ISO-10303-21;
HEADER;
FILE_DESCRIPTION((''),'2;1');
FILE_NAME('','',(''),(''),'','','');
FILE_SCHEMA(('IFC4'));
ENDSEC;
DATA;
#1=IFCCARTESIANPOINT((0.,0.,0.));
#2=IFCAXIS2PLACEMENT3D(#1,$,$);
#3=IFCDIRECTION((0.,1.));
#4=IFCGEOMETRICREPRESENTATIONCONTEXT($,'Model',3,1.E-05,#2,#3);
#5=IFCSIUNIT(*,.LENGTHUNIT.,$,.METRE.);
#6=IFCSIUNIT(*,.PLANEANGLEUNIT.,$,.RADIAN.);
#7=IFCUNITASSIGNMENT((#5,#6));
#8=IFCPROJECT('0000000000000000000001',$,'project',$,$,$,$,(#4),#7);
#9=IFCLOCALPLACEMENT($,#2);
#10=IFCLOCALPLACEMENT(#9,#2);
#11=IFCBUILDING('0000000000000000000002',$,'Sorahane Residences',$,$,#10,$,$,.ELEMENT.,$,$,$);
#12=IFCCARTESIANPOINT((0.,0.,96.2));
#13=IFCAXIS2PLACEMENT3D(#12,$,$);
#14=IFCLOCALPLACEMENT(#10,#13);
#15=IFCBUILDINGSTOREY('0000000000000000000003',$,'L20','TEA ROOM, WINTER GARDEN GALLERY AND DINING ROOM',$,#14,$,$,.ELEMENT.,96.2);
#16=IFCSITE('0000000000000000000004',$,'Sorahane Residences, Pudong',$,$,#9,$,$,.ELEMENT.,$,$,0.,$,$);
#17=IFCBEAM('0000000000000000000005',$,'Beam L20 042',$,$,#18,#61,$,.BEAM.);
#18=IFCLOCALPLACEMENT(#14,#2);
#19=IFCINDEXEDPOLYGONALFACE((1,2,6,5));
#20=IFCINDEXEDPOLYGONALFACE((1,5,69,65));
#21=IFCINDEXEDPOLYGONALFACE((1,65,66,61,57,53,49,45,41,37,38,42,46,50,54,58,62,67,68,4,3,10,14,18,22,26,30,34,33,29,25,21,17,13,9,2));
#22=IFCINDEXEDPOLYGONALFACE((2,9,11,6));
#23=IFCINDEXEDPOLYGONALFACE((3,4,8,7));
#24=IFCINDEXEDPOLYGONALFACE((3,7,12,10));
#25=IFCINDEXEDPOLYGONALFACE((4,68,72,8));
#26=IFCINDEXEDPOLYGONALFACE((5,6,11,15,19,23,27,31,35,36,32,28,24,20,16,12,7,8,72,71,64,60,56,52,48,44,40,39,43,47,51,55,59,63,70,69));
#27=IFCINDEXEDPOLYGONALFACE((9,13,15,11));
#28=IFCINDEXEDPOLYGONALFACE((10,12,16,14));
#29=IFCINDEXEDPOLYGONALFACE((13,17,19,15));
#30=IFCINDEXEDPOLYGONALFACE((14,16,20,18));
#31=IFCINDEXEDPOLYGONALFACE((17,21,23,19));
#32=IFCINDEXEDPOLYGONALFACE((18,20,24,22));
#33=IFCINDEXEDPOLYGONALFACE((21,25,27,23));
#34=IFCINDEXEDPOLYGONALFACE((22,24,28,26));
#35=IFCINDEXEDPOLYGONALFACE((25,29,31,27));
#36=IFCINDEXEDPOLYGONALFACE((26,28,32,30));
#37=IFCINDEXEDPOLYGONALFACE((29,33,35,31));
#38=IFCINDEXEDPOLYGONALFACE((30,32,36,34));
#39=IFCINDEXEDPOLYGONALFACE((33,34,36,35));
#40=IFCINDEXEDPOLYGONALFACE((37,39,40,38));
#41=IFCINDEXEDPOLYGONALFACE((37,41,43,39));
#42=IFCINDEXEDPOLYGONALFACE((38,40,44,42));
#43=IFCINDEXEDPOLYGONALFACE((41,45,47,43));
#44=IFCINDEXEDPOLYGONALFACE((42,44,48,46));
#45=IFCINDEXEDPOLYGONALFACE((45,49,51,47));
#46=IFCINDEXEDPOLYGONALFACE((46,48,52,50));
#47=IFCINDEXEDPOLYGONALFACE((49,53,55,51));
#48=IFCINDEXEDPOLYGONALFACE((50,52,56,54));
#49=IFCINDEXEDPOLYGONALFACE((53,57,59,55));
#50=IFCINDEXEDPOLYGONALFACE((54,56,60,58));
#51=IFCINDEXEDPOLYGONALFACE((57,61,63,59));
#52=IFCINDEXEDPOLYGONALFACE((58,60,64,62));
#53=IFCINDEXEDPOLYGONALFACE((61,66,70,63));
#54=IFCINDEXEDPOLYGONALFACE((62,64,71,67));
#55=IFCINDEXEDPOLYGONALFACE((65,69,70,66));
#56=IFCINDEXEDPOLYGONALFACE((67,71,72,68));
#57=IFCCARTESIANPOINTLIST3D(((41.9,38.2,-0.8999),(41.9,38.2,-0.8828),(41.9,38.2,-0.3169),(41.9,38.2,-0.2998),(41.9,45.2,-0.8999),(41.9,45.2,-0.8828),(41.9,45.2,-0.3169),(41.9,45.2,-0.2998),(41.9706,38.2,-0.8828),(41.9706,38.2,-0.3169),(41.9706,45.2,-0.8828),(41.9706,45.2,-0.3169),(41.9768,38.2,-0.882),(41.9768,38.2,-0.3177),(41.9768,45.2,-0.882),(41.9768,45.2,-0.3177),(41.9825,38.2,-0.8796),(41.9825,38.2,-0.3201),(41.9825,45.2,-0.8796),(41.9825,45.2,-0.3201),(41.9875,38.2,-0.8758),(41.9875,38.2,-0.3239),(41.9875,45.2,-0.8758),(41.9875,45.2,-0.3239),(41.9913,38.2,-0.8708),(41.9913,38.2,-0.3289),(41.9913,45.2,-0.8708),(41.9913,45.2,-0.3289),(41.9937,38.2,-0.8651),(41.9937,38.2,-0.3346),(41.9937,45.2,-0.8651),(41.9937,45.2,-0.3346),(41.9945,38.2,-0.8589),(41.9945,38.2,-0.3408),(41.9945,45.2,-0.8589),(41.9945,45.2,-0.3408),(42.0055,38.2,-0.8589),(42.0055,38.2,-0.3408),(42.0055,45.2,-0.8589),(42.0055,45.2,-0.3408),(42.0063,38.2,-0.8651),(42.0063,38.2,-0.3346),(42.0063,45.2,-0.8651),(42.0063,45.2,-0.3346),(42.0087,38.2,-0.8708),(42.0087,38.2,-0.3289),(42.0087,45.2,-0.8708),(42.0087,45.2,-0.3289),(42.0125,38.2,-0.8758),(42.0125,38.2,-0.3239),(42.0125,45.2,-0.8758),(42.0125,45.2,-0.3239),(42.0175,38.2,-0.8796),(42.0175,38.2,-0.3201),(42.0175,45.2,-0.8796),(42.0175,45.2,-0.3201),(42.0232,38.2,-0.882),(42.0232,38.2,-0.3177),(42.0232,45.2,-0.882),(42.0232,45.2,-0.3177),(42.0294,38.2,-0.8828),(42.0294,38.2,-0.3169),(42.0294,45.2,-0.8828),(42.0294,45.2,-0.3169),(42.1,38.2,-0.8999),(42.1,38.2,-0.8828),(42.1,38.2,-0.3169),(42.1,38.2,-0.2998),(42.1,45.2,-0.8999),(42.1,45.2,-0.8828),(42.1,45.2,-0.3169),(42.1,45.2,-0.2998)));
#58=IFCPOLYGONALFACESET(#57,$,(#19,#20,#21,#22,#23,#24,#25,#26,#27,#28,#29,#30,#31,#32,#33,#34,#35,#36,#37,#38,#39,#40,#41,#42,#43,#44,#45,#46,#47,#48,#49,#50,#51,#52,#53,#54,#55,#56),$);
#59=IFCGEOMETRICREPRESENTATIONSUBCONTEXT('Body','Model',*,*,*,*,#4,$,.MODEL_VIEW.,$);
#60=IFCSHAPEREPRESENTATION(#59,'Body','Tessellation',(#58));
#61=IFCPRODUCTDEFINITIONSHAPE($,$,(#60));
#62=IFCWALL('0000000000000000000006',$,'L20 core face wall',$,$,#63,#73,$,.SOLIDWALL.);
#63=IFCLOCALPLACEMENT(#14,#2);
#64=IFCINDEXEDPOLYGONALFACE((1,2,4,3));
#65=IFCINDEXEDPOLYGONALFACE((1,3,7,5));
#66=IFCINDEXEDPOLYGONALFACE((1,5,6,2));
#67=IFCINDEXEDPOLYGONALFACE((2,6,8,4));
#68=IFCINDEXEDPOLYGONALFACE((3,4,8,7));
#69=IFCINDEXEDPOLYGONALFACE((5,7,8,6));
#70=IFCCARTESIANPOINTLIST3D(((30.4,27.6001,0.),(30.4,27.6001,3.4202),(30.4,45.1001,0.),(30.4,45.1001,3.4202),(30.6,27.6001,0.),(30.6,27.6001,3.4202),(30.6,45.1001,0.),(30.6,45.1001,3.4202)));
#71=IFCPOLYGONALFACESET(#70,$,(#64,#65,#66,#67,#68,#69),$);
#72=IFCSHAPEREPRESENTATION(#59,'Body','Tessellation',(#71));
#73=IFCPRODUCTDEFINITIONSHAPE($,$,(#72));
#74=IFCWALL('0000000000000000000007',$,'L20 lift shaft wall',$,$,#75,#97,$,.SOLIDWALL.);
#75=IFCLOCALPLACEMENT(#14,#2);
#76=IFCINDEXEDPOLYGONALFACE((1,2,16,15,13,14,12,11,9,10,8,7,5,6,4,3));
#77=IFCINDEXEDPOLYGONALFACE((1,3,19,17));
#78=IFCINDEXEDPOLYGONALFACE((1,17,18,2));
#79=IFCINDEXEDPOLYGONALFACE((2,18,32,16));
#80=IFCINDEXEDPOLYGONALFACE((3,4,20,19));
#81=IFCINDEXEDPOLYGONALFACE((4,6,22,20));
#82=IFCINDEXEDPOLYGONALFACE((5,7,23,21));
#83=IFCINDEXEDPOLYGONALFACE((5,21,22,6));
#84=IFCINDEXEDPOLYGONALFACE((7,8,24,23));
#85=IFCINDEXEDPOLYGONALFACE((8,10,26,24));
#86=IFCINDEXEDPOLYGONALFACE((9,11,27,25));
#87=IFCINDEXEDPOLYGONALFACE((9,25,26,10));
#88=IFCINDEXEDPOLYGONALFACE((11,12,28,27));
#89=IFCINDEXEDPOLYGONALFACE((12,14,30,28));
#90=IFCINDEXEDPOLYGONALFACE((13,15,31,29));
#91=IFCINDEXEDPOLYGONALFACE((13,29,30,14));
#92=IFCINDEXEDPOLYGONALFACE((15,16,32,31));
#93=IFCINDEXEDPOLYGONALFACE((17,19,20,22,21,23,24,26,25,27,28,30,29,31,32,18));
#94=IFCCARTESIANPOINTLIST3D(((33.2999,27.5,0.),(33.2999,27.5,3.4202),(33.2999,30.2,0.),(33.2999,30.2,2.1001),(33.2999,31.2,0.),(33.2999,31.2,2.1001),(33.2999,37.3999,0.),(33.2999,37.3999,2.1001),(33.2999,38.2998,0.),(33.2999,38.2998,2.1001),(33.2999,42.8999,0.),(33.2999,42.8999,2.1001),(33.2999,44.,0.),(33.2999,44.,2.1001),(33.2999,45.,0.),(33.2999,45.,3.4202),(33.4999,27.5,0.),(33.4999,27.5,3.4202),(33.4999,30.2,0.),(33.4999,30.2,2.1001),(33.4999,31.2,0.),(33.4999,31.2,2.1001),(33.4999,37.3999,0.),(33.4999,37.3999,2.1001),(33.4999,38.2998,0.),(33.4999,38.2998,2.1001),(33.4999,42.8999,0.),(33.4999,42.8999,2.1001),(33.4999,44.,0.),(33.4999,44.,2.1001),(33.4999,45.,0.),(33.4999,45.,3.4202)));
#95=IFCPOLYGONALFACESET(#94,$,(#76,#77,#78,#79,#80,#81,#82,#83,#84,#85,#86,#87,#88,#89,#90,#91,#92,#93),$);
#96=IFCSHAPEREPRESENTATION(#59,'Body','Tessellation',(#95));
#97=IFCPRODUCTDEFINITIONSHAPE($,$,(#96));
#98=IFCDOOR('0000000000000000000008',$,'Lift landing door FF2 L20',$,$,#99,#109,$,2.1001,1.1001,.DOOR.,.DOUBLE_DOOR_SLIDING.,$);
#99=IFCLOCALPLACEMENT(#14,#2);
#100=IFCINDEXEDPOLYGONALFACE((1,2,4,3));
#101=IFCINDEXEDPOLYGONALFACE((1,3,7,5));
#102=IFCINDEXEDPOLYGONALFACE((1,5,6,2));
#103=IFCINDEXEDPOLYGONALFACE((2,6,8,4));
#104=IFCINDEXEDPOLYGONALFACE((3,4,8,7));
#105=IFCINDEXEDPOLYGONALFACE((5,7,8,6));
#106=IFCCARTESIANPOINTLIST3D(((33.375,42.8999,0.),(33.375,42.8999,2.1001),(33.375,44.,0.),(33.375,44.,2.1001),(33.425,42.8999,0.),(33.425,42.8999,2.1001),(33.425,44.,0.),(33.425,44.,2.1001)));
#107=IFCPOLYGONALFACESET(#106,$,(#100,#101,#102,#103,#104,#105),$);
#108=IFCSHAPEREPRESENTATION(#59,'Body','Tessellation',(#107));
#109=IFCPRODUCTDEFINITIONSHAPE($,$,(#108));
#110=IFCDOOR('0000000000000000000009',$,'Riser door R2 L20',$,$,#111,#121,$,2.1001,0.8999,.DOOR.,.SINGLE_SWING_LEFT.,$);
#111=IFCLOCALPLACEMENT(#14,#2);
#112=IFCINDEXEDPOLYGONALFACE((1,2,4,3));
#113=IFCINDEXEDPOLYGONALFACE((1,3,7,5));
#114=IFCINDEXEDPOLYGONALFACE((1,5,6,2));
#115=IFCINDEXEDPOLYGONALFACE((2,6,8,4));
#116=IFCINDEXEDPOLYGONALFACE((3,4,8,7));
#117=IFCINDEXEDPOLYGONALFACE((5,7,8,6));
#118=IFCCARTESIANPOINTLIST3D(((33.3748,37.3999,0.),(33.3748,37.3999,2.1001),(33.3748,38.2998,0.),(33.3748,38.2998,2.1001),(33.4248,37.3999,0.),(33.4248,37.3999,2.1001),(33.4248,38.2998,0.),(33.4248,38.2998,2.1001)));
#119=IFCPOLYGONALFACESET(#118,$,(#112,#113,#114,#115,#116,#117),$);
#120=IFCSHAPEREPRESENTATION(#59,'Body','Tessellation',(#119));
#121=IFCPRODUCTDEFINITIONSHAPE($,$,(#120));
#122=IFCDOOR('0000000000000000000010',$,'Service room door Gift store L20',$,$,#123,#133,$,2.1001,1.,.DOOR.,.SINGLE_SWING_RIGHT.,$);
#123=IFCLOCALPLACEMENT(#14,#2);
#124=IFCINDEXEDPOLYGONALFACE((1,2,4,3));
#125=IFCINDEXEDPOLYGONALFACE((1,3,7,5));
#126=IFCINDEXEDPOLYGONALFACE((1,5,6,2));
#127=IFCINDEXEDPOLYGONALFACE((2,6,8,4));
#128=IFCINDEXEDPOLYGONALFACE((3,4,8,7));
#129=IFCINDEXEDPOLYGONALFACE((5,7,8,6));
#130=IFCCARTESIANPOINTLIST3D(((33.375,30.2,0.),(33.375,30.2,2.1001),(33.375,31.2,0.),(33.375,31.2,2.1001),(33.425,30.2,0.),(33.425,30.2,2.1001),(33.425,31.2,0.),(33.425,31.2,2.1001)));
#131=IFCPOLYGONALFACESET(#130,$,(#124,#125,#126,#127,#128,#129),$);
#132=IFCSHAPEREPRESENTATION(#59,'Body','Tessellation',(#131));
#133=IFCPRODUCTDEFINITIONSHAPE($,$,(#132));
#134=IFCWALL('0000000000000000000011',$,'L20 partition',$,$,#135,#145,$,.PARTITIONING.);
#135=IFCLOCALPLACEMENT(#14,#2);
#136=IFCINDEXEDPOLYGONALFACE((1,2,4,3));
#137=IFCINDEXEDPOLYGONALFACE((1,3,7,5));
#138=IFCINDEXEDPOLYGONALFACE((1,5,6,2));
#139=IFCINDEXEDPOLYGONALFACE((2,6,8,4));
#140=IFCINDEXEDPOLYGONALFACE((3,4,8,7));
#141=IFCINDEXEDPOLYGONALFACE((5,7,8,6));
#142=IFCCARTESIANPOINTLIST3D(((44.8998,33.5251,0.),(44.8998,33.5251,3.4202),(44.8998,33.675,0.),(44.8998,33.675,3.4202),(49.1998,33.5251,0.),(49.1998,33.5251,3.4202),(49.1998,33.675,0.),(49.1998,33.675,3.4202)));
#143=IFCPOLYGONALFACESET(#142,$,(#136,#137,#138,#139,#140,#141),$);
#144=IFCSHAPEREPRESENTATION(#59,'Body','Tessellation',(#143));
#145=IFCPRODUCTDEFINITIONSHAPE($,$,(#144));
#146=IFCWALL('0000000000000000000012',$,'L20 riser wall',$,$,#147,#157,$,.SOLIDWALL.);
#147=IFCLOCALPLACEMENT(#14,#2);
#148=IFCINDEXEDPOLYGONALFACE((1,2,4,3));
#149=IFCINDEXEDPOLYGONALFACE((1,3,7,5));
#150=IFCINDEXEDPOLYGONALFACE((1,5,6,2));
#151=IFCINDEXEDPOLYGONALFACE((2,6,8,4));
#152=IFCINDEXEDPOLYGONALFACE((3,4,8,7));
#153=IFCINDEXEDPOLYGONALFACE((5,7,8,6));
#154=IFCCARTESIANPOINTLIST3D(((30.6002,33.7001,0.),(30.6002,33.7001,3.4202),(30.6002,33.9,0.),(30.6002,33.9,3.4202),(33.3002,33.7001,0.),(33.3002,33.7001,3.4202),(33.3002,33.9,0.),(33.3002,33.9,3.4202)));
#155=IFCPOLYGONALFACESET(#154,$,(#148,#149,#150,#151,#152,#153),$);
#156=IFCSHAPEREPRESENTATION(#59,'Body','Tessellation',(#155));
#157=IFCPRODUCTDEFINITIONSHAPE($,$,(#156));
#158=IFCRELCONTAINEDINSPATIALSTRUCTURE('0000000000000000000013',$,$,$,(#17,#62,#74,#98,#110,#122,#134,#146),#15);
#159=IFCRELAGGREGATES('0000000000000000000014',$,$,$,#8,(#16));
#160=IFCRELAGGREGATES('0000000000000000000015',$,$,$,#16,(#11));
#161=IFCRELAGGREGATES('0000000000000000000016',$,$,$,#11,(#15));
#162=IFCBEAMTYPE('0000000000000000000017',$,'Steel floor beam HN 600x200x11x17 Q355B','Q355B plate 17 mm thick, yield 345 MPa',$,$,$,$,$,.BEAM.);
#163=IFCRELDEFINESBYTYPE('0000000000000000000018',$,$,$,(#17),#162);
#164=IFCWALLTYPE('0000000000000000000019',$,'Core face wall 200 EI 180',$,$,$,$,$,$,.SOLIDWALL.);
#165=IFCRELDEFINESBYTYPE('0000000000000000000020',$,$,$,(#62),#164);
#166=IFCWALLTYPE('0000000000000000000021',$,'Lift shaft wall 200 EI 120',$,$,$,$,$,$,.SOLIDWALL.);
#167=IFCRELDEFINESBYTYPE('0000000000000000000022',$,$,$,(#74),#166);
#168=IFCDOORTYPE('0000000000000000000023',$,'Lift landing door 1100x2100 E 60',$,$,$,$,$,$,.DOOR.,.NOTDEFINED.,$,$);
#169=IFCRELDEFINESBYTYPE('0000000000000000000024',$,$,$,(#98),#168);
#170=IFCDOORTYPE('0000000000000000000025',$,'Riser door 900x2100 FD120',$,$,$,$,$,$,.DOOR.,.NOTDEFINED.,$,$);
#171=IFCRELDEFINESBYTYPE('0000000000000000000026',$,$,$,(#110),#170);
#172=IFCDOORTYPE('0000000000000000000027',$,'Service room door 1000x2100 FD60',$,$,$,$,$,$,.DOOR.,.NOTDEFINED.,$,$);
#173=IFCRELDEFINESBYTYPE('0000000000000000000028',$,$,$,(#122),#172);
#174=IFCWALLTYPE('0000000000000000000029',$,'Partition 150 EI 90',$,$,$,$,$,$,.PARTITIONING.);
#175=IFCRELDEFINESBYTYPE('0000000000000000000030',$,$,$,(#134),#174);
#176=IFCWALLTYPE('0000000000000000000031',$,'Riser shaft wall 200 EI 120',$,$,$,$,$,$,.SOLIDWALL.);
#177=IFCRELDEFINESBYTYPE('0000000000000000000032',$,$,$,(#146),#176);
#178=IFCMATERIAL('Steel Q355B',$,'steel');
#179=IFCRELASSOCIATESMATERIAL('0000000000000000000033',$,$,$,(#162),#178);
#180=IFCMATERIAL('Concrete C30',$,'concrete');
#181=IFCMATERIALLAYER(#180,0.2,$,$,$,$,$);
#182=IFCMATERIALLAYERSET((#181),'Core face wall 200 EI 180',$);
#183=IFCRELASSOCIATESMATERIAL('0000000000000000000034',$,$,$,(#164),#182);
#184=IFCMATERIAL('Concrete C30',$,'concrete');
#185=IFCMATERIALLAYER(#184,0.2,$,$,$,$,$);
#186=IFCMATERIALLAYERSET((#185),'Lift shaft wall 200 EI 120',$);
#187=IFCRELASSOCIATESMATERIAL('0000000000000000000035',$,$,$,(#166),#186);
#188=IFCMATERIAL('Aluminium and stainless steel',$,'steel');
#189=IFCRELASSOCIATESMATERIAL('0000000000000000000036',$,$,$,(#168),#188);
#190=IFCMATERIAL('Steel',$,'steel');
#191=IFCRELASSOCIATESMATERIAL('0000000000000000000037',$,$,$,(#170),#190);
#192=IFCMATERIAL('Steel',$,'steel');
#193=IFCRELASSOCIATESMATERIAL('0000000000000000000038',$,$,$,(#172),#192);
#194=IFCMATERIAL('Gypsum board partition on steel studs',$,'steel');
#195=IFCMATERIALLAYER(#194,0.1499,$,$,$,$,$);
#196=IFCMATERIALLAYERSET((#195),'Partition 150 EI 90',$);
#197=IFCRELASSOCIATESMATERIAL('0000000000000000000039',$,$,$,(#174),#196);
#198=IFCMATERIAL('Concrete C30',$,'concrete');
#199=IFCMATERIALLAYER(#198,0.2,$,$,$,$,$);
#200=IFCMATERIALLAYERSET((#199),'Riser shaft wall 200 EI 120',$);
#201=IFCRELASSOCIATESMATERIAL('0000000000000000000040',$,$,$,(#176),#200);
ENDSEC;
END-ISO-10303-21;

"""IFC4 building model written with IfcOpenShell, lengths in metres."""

from ifc_helpers import new_model, si_unit, direction, frame, frame_2d, origin, origin_2d, place, context, subcontext, project, spatial, rectangle, i_section, extrude, material, layer, layer_set, material_profile, profile_set, type_object, element, fill, save


model = new_model("IFC4")

# Units and contexts
model_context = context("Model", 3, precision=1e-05, world=origin(), true_north=direction((0.0, 1.0)))
body_context = subcontext(model_context, "Body", "Model", "MODEL_VIEW")
ifc_project = project(units=[si_unit("LENGTHUNIT", "METRE"), si_unit("PLANEANGLEUNIT", "RADIAN")], contexts=[model_context])

# Site, building, storey
site_placement = place(None, origin())
site = spatial("IfcSite", under=ifc_project, at=site_placement, Name="Sorahane Residences, Pudong", CompositionType="ELEMENT", RefElevation=0.0)
building_placement = place(site_placement, origin())
building = spatial("IfcBuilding", under=site, at=building_placement, Name="Sorahane Residences", CompositionType="ELEMENT")
storey_placement = place(building_placement, frame((0.0, 0.0, 96.2)))
storey = spatial("IfcBuildingStorey", under=building, at=storey_placement, Name="L20", Description="TEA ROOM, WINTER GARDEN GALLERY AND DINING ROOM", CompositionType="ELEMENT", Elevation=96.2)

# Beam
ifc_material_1 = material(Name="Steel Q355B", Category="steel")
ifc_material_profile_1 = material_profile(ifc_material_1, i_section(OverallWidth=0.2, OverallDepth=0.6001, WebThickness=0.011, FlangeThickness=0.0171, FilletRadius=0.0239, at=origin_2d()), Name="HN 600x200x11x17")
ifc_profile_set_1 = profile_set([ifc_material_profile_1], Name="Steel Q355B")
beam_type_1 = type_object("IfcBeamType", Name="Steel floor beam HN 600x200x11x17 Q355B", Description="Q355B plate 17 mm thick, yield 345 MPa", PredefinedType="BEAM", material=ifc_profile_set_1)
for number, where, z_axis, x_axis, name in (
    (1, (42.0, 38.2, -0.5999), (0.0, 1.0, 0.0), (-1.0, 0.0, 0.0), "Beam L20 042"),
):
    element("IfcBeam", number, at=place(storey_placement, frame(where, z_axis=z_axis, x_axis=x_axis)), inside=storey, type_object=beam_type_1, Name=name, PredefinedType="BEAM", context=body_context, shape_type="SweptSolid", body=[
        extrude(i_section(OverallWidth=0.2, OverallDepth=0.6001, WebThickness=0.011, FlangeThickness=0.0171, FilletRadius=0.0239, at=origin_2d()), origin(), (0.0, 0.0, 1.0), 7.0),
    ])

# Wall
ifc_material_2 = material(Name="Concrete C30", Category="concrete")
ifc_layer_1 = layer(ifc_material_2, 0.2)
ifc_layer_set_1 = layer_set([ifc_layer_1], Name="Core face wall 200 EI 180")
wall_type_1 = type_object("IfcWallType", Name="Core face wall 200 EI 180", PredefinedType="SOLIDWALL", material=ifc_layer_set_1)
wall_1_placement = place(storey_placement, frame((30.5, 27.6001, 0.0), z_axis=(0.0, 0.0, 1.0), x_axis=(0.0, 1.0, 0.0)))
element("IfcWall", 2, at=wall_1_placement, inside=storey, type_object=wall_type_1, Name="L20 core face wall", PredefinedType="SOLIDWALL", context=body_context, shape_type="SweptSolid", body=[
    extrude(rectangle(XDim=17.5, YDim=0.2, at=frame_2d((8.75, 0.0))), origin(), (0.0, 0.0, 1.0), 3.4202),
])

# Wall, openings, doors
ifc_material_3 = material(Name="Concrete C30", Category="concrete")
ifc_layer_2 = layer(ifc_material_3, 0.2)
ifc_layer_set_2 = layer_set([ifc_layer_2], Name="Lift shaft wall 200 EI 120")
wall_type_2 = type_object("IfcWallType", Name="Lift shaft wall 200 EI 120", PredefinedType="SOLIDWALL", material=ifc_layer_set_2)
wall_2_placement = place(storey_placement, frame((33.3999, 27.5, 0.0), z_axis=(0.0, 0.0, 1.0), x_axis=(0.0, 1.0, 0.0)))
wall_2 = element("IfcWall", 3, at=wall_2_placement, inside=storey, type_object=wall_type_2, Name="L20 lift shaft wall", PredefinedType="SOLIDWALL", context=body_context, shape_type="SweptSolid", body=[
    extrude(rectangle(XDim=17.5, YDim=0.2, at=frame_2d((8.75, 0.0))), origin(), (0.0, 0.0, 1.0), 3.4202),
])
opening_1_placement = place(wall_2_placement, frame((15.3999, 0.0, 0.0)))
opening_1 = element("IfcOpeningElement", 4, at=opening_1_placement, cuts=wall_2, PredefinedType="OPENING", context=body_context, shape_type="SweptSolid", body=[
    extrude(rectangle(XDim=1.1001, YDim=2.1001, at=frame_2d((0.55, 1.05))), frame((0.0, 0.1099, 0.0), z_axis=(0.0, -1.0, 0.0), x_axis=(1.0, 0.0, 0.0)), (0.0, 0.0, 1.0), 0.22),
])
opening_2_placement = place(wall_2_placement, frame((2.7, 0.0, 0.0)))
opening_2 = element("IfcOpeningElement", 5, at=opening_2_placement, cuts=wall_2, PredefinedType="OPENING", context=body_context, shape_type="SweptSolid", body=[
    extrude(rectangle(XDim=1.0, YDim=2.1001, at=frame_2d((0.5, 1.05))), frame((0.0, 0.1099, 0.0), z_axis=(0.0, -1.0, 0.0), x_axis=(1.0, 0.0, 0.0)), (0.0, 0.0, 1.0), 0.22),
])
opening_3_placement = place(wall_2_placement, frame((9.8999, 0.0, 0.0)))
opening_3 = element("IfcOpeningElement", 6, at=opening_3_placement, cuts=wall_2, PredefinedType="OPENING", context=body_context, shape_type="SweptSolid", body=[
    extrude(rectangle(XDim=0.8999, YDim=2.1001, at=frame_2d((0.45, 1.05))), frame((0.0, 0.1099, 0.0), z_axis=(0.0, -1.0, 0.0), x_axis=(1.0, 0.0, 0.0)), (0.0, 0.0, 1.0), 0.22),
])
ifc_material_4 = material(Name="Aluminium and stainless steel", Category="steel")
door_type_1 = type_object("IfcDoorType", Name="Lift landing door 1100x2100 E 60", OperationType="NOTDEFINED", PredefinedType="DOOR", material=ifc_material_4)
door_1_placement = place(opening_1_placement, origin())
door_1 = element("IfcDoor", 7, at=door_1_placement, inside=storey, type_object=door_type_1, Name="Lift landing door FF2 L20", OperationType="DOUBLE_DOOR_SLIDING", OverallHeight=2.1001, OverallWidth=1.1001, PredefinedType="DOOR", context=body_context, shape_type="SweptSolid", body=[
    extrude(rectangle(XDim=1.1001, YDim=2.1001, at=frame_2d((0.55, 1.05))), frame((0.0, 0.0249, 0.0), z_axis=(0.0, -1.0, 0.0), x_axis=(1.0, 0.0, 0.0)), (0.0, 0.0, 1.0), 0.05),
])
fill(opening_1, door_1)
ifc_material_5 = material(Name="Steel", Category="steel")
door_type_2 = type_object("IfcDoorType", Name="Riser door 900x2100 FD120", OperationType="NOTDEFINED", PredefinedType="DOOR", material=ifc_material_5)
door_2_placement = place(opening_3_placement, frame((0.8999, 0.0, 0.0), z_axis=(0.0, 0.0, 1.0), x_axis=(-1.0, 0.0, 0.0)))
door_2 = element("IfcDoor", 8, at=door_2_placement, inside=storey, type_object=door_type_2, Name="Riser door R2 L20", OperationType="SINGLE_SWING_LEFT", OverallHeight=2.1001, OverallWidth=0.8999, PredefinedType="DOOR", context=body_context, shape_type="SweptSolid", body=[
    extrude(rectangle(XDim=0.8999, YDim=2.1001, at=frame_2d((0.45, 1.05))), frame((0.0, 0.0249, 0.0), z_axis=(0.0, -1.0, 0.0), x_axis=(1.0, 0.0, 0.0)), (0.0, 0.0, 1.0), 0.05),
])
fill(opening_3, door_2)
ifc_material_6 = material(Name="Steel", Category="steel")
door_type_3 = type_object("IfcDoorType", Name="Service room door 1000x2100 FD60", OperationType="NOTDEFINED", PredefinedType="DOOR", material=ifc_material_6)
door_3_placement = place(opening_2_placement, origin())
door_3 = element("IfcDoor", 9, at=door_3_placement, inside=storey, type_object=door_type_3, Name="Service room door Gift store L20", OperationType="SINGLE_SWING_RIGHT", OverallHeight=2.1001, OverallWidth=1.0, PredefinedType="DOOR", context=body_context, shape_type="SweptSolid", body=[
    extrude(rectangle(XDim=1.0, YDim=2.1001, at=frame_2d((0.5, 1.05))), frame((0.0, 0.0249, 0.0), z_axis=(0.0, -1.0, 0.0), x_axis=(1.0, 0.0, 0.0)), (0.0, 0.0, 1.0), 0.05),
])
fill(opening_2, door_3)

# Walls
ifc_material_7 = material(Name="Gypsum board partition on steel studs", Category="steel")
ifc_layer_3 = layer(ifc_material_7, 0.1499)
ifc_layer_set_3 = layer_set([ifc_layer_3], Name="Partition 150 EI 90")
wall_type_3 = type_object("IfcWallType", Name="Partition 150 EI 90", PredefinedType="PARTITIONING", material=ifc_layer_set_3)
wall_3_placement = place(storey_placement, frame((44.8999, 33.6001, 0.0), z_axis=(0.0, 0.0, 1.0), x_axis=(1.0, 0.0, 0.0)))
element("IfcWall", 10, at=wall_3_placement, inside=storey, type_object=wall_type_3, Name="L20 partition", PredefinedType="PARTITIONING", context=body_context, shape_type="SweptSolid", body=[
    extrude(rectangle(XDim=4.3, YDim=0.1499, at=frame_2d((2.1499, 0.0))), origin(), (0.0, 0.0, 1.0), 3.4202),
])
ifc_material_8 = material(Name="Concrete C30", Category="concrete")
ifc_layer_4 = layer(ifc_material_8, 0.2)
ifc_layer_set_4 = layer_set([ifc_layer_4], Name="Riser shaft wall 200 EI 120")
wall_type_4 = type_object("IfcWallType", Name="Riser shaft wall 200 EI 120", PredefinedType="SOLIDWALL", material=ifc_layer_set_4)
wall_4_placement = place(storey_placement, frame((30.6001, 33.8, 0.0), z_axis=(0.0, 0.0, 1.0), x_axis=(1.0, 0.0, 0.0)))
element("IfcWall", 11, at=wall_4_placement, inside=storey, type_object=wall_type_4, Name="L20 riser wall", PredefinedType="SOLIDWALL", context=body_context, shape_type="SweptSolid", body=[
    extrude(rectangle(XDim=2.7, YDim=0.2, at=frame_2d((1.3501, 0.0))), origin(), (0.0, 0.0, 1.0), 3.4202),
])

save(model, "model.ifc")
